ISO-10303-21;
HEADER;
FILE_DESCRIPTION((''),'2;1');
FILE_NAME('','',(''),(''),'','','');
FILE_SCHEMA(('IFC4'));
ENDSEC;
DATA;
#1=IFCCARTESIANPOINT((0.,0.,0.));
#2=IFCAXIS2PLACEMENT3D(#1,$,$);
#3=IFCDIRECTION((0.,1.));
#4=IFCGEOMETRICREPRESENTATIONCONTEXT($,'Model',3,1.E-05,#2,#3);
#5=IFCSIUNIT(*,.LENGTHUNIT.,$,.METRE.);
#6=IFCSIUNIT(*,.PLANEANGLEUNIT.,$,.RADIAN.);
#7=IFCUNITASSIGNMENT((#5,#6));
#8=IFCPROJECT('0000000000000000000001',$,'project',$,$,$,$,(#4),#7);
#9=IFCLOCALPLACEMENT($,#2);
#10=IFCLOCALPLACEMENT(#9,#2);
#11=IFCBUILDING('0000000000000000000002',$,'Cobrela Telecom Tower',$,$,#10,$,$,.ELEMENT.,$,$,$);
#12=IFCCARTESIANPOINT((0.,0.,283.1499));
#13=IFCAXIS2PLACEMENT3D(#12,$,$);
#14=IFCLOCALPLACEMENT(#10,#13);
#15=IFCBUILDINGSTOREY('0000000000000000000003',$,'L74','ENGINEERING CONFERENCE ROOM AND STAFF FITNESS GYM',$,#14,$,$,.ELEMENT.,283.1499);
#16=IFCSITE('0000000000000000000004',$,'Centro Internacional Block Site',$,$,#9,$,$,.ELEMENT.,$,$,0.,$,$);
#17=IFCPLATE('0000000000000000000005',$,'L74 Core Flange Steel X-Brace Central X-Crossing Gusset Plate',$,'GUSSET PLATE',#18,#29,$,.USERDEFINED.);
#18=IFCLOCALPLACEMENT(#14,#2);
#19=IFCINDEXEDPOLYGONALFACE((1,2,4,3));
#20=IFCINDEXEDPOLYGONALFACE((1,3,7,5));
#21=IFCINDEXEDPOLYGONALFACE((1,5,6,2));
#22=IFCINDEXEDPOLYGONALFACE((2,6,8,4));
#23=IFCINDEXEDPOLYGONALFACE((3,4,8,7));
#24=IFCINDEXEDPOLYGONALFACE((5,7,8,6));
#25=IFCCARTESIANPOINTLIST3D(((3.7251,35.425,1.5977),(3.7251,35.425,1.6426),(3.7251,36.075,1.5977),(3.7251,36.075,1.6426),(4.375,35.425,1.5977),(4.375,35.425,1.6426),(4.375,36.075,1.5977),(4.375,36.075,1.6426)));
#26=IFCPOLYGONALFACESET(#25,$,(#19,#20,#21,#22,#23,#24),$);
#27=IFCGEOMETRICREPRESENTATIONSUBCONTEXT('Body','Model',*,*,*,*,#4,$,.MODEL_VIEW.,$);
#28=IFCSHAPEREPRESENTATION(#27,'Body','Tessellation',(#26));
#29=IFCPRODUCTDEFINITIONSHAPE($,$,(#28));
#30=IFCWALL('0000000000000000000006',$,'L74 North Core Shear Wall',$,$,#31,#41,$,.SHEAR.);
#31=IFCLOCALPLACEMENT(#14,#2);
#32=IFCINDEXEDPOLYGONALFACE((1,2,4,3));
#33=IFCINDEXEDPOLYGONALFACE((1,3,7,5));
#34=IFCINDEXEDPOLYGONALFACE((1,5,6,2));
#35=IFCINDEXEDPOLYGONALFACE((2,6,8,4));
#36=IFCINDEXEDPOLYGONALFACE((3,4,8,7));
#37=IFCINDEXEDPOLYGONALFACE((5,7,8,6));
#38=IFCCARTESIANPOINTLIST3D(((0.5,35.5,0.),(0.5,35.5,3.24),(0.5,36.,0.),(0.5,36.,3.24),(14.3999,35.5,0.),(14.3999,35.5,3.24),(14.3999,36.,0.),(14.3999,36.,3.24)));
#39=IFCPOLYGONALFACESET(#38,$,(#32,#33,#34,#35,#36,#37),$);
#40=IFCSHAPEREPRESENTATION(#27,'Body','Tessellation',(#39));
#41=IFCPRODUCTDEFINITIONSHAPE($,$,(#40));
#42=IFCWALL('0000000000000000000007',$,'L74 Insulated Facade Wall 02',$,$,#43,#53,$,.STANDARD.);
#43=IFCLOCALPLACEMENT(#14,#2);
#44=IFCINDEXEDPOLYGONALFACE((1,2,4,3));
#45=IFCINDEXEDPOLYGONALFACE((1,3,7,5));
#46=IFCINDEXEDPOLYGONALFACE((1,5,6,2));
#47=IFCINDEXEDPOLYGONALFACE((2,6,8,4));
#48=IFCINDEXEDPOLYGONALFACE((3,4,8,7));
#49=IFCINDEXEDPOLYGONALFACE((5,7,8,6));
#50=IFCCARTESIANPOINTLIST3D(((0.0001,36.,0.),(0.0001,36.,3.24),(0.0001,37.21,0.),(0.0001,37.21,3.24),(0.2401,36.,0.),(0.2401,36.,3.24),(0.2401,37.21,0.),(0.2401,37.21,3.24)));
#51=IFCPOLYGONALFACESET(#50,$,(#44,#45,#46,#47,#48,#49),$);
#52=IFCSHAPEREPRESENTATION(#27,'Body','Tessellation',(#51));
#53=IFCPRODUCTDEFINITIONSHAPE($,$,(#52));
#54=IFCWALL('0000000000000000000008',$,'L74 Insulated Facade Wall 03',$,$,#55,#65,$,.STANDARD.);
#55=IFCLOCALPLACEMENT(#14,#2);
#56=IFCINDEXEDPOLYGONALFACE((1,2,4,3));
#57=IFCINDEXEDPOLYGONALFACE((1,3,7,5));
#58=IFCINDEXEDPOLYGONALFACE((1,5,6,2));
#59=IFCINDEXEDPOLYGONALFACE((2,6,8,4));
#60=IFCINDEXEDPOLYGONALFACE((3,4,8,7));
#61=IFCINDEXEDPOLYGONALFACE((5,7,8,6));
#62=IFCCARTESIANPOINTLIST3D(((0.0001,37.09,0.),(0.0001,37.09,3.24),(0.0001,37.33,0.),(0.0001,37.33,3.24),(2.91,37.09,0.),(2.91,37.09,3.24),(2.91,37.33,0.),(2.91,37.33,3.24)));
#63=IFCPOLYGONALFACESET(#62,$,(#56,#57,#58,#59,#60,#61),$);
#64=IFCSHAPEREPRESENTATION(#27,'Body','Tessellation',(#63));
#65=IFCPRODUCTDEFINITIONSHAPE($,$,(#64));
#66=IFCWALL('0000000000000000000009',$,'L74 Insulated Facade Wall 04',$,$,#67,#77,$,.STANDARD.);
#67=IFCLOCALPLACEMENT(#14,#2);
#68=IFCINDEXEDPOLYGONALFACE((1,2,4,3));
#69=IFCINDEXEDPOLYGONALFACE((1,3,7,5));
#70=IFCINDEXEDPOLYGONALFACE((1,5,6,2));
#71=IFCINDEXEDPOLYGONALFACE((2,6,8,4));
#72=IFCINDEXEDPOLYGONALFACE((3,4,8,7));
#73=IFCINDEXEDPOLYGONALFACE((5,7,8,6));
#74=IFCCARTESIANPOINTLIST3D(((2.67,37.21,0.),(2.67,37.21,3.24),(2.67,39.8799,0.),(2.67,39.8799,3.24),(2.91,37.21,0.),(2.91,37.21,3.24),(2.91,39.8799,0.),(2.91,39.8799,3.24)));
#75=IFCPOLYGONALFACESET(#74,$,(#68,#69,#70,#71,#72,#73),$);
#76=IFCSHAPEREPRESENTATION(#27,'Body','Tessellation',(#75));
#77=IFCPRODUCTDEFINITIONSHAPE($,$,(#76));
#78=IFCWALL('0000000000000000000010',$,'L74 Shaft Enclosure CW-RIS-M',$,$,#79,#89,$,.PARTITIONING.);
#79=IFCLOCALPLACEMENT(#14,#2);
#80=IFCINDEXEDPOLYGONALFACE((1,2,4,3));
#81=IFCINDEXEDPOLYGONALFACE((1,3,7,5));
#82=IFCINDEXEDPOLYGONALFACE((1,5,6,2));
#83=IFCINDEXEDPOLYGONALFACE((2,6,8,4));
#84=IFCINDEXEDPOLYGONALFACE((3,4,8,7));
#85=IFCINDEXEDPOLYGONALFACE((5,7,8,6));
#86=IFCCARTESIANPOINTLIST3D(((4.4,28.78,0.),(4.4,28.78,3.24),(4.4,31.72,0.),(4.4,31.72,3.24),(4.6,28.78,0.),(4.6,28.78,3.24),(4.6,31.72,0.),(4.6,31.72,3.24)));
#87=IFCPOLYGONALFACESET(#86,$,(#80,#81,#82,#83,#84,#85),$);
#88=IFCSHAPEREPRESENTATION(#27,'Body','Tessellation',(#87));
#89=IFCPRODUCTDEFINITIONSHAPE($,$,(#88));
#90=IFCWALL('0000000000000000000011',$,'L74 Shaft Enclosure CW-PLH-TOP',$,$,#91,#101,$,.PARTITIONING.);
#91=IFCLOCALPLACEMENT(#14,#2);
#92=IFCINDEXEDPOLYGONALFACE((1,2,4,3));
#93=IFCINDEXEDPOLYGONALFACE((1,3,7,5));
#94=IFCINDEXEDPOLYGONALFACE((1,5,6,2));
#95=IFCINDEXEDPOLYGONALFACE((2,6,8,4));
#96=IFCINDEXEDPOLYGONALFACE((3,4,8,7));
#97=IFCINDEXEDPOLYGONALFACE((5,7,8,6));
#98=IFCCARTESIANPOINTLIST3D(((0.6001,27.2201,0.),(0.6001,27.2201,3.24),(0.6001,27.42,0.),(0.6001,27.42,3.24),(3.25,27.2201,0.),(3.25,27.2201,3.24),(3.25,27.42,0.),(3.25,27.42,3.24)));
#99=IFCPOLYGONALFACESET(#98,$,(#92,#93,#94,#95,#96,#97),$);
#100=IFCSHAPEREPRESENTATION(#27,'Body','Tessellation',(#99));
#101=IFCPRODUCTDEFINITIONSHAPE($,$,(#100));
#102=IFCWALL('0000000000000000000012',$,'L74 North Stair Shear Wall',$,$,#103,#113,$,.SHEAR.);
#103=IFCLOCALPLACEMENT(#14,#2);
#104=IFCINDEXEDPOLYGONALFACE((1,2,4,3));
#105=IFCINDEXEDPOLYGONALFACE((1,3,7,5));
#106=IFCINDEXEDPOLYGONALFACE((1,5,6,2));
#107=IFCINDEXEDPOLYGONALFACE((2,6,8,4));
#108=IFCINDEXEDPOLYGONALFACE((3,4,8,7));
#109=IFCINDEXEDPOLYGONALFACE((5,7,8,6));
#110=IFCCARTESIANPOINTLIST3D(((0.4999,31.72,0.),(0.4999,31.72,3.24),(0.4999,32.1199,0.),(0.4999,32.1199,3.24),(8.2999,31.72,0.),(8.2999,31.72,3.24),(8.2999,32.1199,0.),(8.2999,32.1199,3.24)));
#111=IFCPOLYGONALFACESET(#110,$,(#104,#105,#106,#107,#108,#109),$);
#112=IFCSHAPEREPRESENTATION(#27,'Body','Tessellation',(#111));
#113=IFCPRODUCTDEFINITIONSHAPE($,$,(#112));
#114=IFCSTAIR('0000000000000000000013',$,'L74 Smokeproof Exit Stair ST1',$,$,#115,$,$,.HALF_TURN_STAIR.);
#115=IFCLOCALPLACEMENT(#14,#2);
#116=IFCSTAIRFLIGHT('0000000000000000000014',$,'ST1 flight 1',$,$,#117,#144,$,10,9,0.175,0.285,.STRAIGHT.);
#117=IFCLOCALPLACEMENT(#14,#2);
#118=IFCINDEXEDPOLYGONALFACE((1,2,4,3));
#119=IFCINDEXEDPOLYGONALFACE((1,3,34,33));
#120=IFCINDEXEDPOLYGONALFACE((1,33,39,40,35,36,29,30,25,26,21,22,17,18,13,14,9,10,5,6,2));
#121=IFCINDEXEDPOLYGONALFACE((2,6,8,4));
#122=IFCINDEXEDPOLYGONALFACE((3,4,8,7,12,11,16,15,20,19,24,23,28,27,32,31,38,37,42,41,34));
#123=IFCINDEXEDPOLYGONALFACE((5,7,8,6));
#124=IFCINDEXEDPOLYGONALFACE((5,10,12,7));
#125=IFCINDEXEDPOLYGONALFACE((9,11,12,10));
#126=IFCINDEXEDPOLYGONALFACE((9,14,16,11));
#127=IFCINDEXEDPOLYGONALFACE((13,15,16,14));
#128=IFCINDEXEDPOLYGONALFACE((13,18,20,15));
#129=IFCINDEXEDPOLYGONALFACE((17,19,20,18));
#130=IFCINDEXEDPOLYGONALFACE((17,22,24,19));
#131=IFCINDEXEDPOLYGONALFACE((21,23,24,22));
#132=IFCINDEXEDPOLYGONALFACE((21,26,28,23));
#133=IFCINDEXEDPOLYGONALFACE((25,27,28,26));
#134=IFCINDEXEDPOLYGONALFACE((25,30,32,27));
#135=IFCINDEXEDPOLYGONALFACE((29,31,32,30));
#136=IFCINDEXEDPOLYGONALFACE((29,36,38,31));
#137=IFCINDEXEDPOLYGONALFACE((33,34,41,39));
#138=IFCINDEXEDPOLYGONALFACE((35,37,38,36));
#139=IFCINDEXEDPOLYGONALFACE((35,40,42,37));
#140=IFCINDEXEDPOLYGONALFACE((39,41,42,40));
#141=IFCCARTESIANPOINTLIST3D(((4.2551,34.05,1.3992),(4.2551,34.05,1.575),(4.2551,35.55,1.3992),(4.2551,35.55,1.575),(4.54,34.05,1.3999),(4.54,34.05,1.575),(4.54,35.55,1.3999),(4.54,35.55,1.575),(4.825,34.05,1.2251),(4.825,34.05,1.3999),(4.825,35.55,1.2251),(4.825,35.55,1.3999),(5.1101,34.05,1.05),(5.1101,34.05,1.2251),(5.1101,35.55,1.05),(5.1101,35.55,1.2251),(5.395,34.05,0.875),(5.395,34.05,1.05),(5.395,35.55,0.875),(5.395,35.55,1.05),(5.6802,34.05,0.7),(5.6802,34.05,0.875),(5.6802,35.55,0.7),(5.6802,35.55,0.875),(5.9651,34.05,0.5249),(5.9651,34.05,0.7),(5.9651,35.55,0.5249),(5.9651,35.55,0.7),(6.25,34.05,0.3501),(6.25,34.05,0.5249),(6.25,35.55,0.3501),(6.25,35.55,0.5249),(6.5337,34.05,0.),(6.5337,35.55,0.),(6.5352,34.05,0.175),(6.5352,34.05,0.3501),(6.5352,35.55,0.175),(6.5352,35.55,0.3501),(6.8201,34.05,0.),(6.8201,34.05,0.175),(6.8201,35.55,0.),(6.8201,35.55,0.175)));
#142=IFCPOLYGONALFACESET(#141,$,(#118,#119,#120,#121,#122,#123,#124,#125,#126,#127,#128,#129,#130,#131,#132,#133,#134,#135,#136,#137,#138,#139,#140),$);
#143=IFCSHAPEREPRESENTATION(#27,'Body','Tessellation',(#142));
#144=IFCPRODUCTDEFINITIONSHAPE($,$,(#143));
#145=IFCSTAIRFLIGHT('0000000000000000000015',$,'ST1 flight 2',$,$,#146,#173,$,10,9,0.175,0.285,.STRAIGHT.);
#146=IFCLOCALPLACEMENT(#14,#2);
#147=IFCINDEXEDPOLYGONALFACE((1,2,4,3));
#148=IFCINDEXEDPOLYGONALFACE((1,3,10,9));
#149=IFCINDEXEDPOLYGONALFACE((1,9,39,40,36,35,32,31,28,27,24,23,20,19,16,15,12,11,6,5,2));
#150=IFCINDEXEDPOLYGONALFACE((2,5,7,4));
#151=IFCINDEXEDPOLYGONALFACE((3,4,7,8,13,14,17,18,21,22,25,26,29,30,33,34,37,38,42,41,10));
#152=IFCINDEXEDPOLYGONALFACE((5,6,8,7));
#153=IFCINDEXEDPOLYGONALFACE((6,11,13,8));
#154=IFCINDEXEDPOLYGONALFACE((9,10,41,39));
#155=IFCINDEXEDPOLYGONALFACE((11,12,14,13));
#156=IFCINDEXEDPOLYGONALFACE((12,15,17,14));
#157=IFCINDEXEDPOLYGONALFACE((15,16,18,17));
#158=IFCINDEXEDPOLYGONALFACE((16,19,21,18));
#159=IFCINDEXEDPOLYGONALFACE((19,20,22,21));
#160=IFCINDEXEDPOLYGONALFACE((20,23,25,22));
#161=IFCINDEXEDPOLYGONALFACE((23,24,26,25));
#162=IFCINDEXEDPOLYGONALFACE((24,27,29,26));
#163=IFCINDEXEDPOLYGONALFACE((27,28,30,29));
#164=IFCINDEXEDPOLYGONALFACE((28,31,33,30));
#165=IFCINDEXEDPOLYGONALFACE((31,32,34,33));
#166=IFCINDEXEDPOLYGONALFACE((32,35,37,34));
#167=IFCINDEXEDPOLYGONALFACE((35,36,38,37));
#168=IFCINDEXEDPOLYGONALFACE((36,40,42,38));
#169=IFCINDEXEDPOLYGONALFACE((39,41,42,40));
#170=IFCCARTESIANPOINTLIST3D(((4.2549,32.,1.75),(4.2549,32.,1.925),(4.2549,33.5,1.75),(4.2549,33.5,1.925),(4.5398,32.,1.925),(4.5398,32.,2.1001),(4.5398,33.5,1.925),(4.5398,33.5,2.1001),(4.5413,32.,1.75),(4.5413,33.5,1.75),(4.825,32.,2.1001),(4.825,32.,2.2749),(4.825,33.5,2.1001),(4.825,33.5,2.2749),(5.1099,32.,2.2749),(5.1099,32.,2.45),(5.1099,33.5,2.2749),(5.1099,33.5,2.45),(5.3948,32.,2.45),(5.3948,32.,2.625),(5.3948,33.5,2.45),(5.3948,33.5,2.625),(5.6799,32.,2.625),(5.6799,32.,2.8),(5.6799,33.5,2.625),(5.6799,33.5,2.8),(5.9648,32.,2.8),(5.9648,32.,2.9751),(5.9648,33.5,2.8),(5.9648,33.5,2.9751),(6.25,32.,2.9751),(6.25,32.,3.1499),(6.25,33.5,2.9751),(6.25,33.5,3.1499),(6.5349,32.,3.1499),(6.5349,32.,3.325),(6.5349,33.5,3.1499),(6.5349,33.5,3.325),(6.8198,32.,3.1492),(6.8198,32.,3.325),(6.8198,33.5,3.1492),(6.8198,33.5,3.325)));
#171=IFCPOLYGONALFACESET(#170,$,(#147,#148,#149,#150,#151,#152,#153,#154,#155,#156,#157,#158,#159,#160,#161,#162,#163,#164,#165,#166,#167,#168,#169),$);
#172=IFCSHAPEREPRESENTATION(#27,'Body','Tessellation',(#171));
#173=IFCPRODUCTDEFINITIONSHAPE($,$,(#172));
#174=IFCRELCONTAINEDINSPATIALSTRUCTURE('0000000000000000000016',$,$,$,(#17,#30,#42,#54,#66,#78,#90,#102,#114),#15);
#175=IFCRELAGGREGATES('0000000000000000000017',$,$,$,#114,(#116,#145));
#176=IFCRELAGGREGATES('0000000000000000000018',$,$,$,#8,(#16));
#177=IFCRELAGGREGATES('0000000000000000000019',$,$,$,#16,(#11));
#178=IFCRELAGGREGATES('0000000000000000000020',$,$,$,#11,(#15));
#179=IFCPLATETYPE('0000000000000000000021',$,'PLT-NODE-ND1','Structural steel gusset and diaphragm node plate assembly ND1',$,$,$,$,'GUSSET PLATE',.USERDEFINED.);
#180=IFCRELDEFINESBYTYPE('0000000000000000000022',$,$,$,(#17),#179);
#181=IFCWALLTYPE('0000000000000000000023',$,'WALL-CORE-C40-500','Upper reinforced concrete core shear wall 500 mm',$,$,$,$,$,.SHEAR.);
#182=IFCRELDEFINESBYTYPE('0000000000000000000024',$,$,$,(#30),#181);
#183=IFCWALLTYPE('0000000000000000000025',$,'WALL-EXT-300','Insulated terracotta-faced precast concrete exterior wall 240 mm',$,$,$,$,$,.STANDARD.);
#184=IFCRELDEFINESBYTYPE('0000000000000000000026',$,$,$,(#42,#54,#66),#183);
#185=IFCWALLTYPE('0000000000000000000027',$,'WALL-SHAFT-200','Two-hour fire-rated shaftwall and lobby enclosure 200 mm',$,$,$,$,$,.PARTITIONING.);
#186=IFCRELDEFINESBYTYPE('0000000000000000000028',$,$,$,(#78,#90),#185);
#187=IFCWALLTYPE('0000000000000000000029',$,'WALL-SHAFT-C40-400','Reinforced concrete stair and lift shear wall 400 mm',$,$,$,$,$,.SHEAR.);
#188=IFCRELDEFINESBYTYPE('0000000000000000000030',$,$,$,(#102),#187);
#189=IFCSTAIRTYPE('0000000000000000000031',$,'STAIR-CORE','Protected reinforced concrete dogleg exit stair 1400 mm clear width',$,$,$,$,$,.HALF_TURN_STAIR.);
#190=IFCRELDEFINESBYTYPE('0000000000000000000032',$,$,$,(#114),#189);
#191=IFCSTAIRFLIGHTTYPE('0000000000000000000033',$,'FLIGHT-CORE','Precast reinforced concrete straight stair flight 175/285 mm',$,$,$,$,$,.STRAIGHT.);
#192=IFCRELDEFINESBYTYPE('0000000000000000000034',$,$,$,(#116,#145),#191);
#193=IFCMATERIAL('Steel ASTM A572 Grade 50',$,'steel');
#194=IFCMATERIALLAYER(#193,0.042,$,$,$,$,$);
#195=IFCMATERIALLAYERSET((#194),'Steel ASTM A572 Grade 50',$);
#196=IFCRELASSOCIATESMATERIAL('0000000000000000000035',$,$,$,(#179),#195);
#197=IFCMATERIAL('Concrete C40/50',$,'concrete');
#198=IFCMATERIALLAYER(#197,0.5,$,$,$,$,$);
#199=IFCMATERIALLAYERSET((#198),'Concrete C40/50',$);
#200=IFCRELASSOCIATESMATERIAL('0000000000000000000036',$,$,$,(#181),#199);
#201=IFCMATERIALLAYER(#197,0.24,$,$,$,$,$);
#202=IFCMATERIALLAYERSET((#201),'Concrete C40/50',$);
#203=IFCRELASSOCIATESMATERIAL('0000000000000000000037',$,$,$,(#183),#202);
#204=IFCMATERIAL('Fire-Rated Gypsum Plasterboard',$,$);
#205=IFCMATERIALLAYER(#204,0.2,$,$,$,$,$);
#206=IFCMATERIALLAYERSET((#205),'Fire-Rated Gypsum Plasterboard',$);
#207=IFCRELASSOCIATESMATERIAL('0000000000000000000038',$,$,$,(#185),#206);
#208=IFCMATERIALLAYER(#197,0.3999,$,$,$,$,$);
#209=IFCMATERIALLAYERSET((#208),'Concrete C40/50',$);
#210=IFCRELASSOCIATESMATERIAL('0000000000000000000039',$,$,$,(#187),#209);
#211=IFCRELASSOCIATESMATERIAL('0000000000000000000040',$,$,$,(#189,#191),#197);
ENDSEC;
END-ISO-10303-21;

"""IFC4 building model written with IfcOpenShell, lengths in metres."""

from ifc_helpers import new_model, si_unit, direction, frame, frame_2d, origin, origin_2d, place, context, subcontext, project, spatial, polyline, rectangle, outline, extrude, material, layer, layer_set, type_object, element, aggregate, save


model = new_model("IFC4")

# Units and contexts
model_context = context("Model", 3, precision=1e-05, world=origin(), true_north=direction((0.0, 1.0)))
body_context = subcontext(model_context, "Body", "Model", "MODEL_VIEW")
ifc_project = project(units=[si_unit("LENGTHUNIT", "METRE"), si_unit("PLANEANGLEUNIT", "RADIAN")], contexts=[model_context])

# Site, building, storey
site_placement = place(None, origin())
site = spatial("IfcSite", under=ifc_project, at=site_placement, Name="Centro Internacional Block Site", CompositionType="ELEMENT", RefElevation=0.0)
building_placement = place(site_placement, origin())
building = spatial("IfcBuilding", under=site, at=building_placement, Name="Cobrela Telecom Tower", CompositionType="ELEMENT")
storey_placement = place(building_placement, frame((0.0, 0.0, 283.1499)))
storey = spatial("IfcBuildingStorey", under=building, at=storey_placement, Name="L74", Description="ENGINEERING CONFERENCE ROOM AND STAFF FITNESS GYM", CompositionType="ELEMENT", Elevation=283.1499)

# Shared definitions
ifc_material_1 = material(Name="Steel ASTM A572 Grade 50", Category="steel")

# Plate
ifc_layer_1 = layer(ifc_material_1, 0.042)
ifc_layer_set_1 = layer_set([ifc_layer_1], Name="Steel ASTM A572 Grade 50")
plate_type_1 = type_object("IfcPlateType", Name="PLT-NODE-ND1", Description="Structural steel gusset and diaphragm node plate assembly ND1", ElementType="GUSSET PLATE", PredefinedType="USERDEFINED", material=ifc_layer_set_1)
plate_1_placement = place(storey_placement, frame((4.05, 35.75, 1.5977), z_axis=(0.0, 0.0, 1.0), x_axis=(1.0, 0.0, 0.0)))
element("IfcPlate", 1, at=plate_1_placement, inside=storey, type_object=plate_type_1, Name="L74 Core Flange Steel X-Brace Central X-Crossing Gusset Plate", ObjectType="GUSSET PLATE", PredefinedType="USERDEFINED", context=body_context, shape_type="SweptSolid", body=[
    extrude(rectangle(XDim=0.6499, YDim=0.6499, at=origin_2d()), origin(), (0.0, 0.0, 1.0), 0.0449),
])

# Walls
ifc_material_2 = material(Name="Concrete C40/50", Category="concrete")
ifc_layer_2 = layer(ifc_material_2, 0.5)
ifc_layer_set_2 = layer_set([ifc_layer_2], Name="Concrete C40/50")
wall_type_1 = type_object("IfcWallType", Name="WALL-CORE-C40-500", Description="Upper reinforced concrete core shear wall 500 mm", PredefinedType="SHEAR", material=ifc_layer_set_2)
wall_1_placement = place(storey_placement, frame((0.5, 35.75, 0.0), z_axis=(0.0, 0.0, 1.0), x_axis=(1.0, 0.0, 0.0)))
element("IfcWall", 2, at=wall_1_placement, inside=storey, type_object=wall_type_1, Name="L74 North Core Shear Wall", PredefinedType="SHEAR", context=body_context, shape_type="SweptSolid", body=[
    extrude(rectangle(XDim=13.8999, YDim=0.5, at=frame_2d((6.95, 0.0))), origin(), (0.0, 0.0, 1.0), 3.24),
])
ifc_layer_3 = layer(ifc_material_2, 0.24)
ifc_layer_set_3 = layer_set([ifc_layer_3], Name="Concrete C40/50")
wall_type_2 = type_object("IfcWallType", Name="WALL-EXT-300", Description="Insulated terracotta-faced precast concrete exterior wall 240 mm", PredefinedType="STANDARD", material=ifc_layer_set_3)
wall_2_placement = place(storey_placement, frame((0.1201, 36.0, 0.0), z_axis=(0.0, 0.0, 1.0), x_axis=(0.0, 1.0, 0.0)))
element("IfcWall", 3, at=wall_2_placement, inside=storey, type_object=wall_type_2, Name="L74 Insulated Facade Wall 02", PredefinedType="STANDARD", context=body_context, shape_type="SweptSolid", body=[
    extrude(rectangle(XDim=1.21, YDim=0.24, at=frame_2d((0.605, 0.0))), origin(), (0.0, 0.0, 1.0), 3.24),
])
wall_3_placement = place(storey_placement, frame((0.0, 37.21, 0.0), z_axis=(0.0, 0.0, 1.0), x_axis=(1.0, 0.0, 0.0)))
element("IfcWall", 4, at=wall_3_placement, inside=storey, type_object=wall_type_2, Name="L74 Insulated Facade Wall 03", PredefinedType="STANDARD", context=body_context, shape_type="SweptSolid", body=[
    extrude(rectangle(XDim=2.9099, YDim=0.24, at=frame_2d((1.4551, 0.0))), origin(), (0.0, 0.0, 1.0), 3.24),
])
wall_4_placement = place(storey_placement, frame((2.79, 37.21, 0.0), z_axis=(0.0, 0.0, 1.0), x_axis=(0.0, 1.0, 0.0)))
element("IfcWall", 5, at=wall_4_placement, inside=storey, type_object=wall_type_2, Name="L74 Insulated Facade Wall 04", PredefinedType="STANDARD", context=body_context, shape_type="SweptSolid", body=[
    extrude(rectangle(XDim=2.6699, YDim=0.24, at=frame_2d((1.335, 0.0))), origin(), (0.0, 0.0, 1.0), 3.24),
])

# Shared definitions
ifc_material_3 = material(Name="Fire-Rated Gypsum Plasterboard")
ifc_layer_4 = layer(ifc_material_3, 0.2)
ifc_layer_set_4 = layer_set([ifc_layer_4], Name="Fire-Rated Gypsum Plasterboard")
wall_type_3 = type_object("IfcWallType", Name="WALL-SHAFT-200", Description="Two-hour fire-rated shaftwall and lobby enclosure 200 mm", PredefinedType="PARTITIONING", material=ifc_layer_set_4)

# Walls
wall_5_placement = place(storey_placement, frame((4.5, 28.78, 0.0), z_axis=(0.0, 0.0, 1.0), x_axis=(0.0, 1.0, 0.0)))
element("IfcWall", 6, at=wall_5_placement, inside=storey, type_object=wall_type_3, Name="L74 Shaft Enclosure CW-RIS-M", PredefinedType="PARTITIONING", context=body_context, shape_type="SweptSolid", body=[
    extrude(rectangle(XDim=2.9399, YDim=0.2, at=frame_2d((1.47, 0.0))), origin(), (0.0, 0.0, 1.0), 3.24),
])
wall_6_placement = place(storey_placement, frame((0.6001, 27.3201, 0.0), z_axis=(0.0, 0.0, 1.0), x_axis=(1.0, 0.0, 0.0)))
element("IfcWall", 7, at=wall_6_placement, inside=storey, type_object=wall_type_3, Name="L74 Shaft Enclosure CW-PLH-TOP", PredefinedType="PARTITIONING", context=body_context, shape_type="SweptSolid", body=[
    extrude(rectangle(XDim=2.6499, YDim=0.2, at=frame_2d((1.325, 0.0))), origin(), (0.0, 0.0, 1.0), 3.24),
])
ifc_layer_5 = layer(ifc_material_2, 0.3999)
ifc_layer_set_5 = layer_set([ifc_layer_5], Name="Concrete C40/50")
wall_type_4 = type_object("IfcWallType", Name="WALL-SHAFT-C40-400", Description="Reinforced concrete stair and lift shear wall 400 mm", PredefinedType="SHEAR", material=ifc_layer_set_5)
wall_7_placement = place(storey_placement, frame((0.5, 31.9199, 0.0), z_axis=(0.0, 0.0, 1.0), x_axis=(1.0, 0.0, 0.0)))
element("IfcWall", 8, at=wall_7_placement, inside=storey, type_object=wall_type_4, Name="L74 North Stair Shear Wall", PredefinedType="SHEAR", context=body_context, shape_type="SweptSolid", body=[
    extrude(rectangle(XDim=7.8, YDim=0.3999, at=frame_2d((3.8999, 0.0))), origin(), (0.0, 0.0, 1.0), 3.24),
])

# Stair, stair flights
stair_type = type_object("IfcStairType", Name="STAIR-CORE", Description="Protected reinforced concrete dogleg exit stair 1400 mm clear width", PredefinedType="HALF_TURN_STAIR", material=ifc_material_2)
stair_placement = place(storey_placement, origin())
stair = element("IfcStair", 9, at=stair_placement, inside=storey, type_object=stair_type, Name="L74 Smokeproof Exit Stair ST1", PredefinedType="HALF_TURN_STAIR")
stair_flight_type = type_object("IfcStairFlightType", Name="FLIGHT-CORE", Description="Precast reinforced concrete straight stair flight 175/285 mm", PredefinedType="STRAIGHT", material=ifc_material_2)
stair_flight_1_placement = place(storey_placement, frame((6.8201, 34.8, 0.0), z_axis=(0.0, 0.0, 1.0), x_axis=(-1.0, 0.0, 0.0)))
stair_flight_1 = element("IfcStairFlight", 10, at=stair_flight_1_placement, type_object=stair_flight_type, Name="ST1 flight 1", NumberOfRisers=10, NumberOfTreads=9, PredefinedType="STRAIGHT", RiserHeight=0.175, TreadLength=0.285, context=body_context, shape_type="SweptSolid", body=[
    extrude(outline(polyline([(0.0, 0.0), (0.0, 0.175), (0.2849, 0.175), (0.2849, 0.3501), (0.5701, 0.3501), (0.5701, 0.5249), (0.855, 0.5249), (0.855, 0.7), (1.1399, 0.7), (1.1399, 0.875), (1.425, 0.875), (1.425, 1.05), (1.71, 1.05), (1.71, 1.2251), (1.9951, 1.2251), (1.9951, 1.3999), (2.28, 1.3999), (2.28, 1.575), (2.5649, 1.575), (2.5649, 1.75), (2.5649, 1.3992), (0.2864, 0.0), (0.0, 0.0)])), frame((0.0, 0.75, 0.0), z_axis=(0.0, -1.0, 0.0), x_axis=(1.0, 0.0, 0.0)), (0.0, 0.0, 1.0), 1.5),
])
stair_flight_2_placement = place(storey_placement, frame((4.2549, 32.75, 1.75), z_axis=(0.0, 0.0, 1.0), x_axis=(1.0, 0.0, 0.0)))
stair_flight_2 = element("IfcStairFlight", 11, at=stair_flight_2_placement, type_object=stair_flight_type, Name="ST1 flight 2", NumberOfRisers=10, NumberOfTreads=9, PredefinedType="STRAIGHT", RiserHeight=0.175, TreadLength=0.285, context=body_context, shape_type="SweptSolid", body=[
    extrude(outline(polyline([(0.0, 0.0), (0.0, 0.175), (0.2849, 0.175), (0.2849, 0.3501), (0.5701, 0.3501), (0.5701, 0.5249), (0.855, 0.5249), (0.855, 0.7), (1.1399, 0.7), (1.1399, 0.875), (1.425, 0.875), (1.425, 1.05), (1.71, 1.05), (1.71, 1.2251), (1.9951, 1.2251), (1.9951, 1.3999), (2.28, 1.3999), (2.28, 1.575), (2.5649, 1.575), (2.5649, 1.75), (2.5649, 1.3992), (0.2864, 0.0), (0.0, 0.0)])), frame((0.0, 0.75, 0.0), z_axis=(0.0, -1.0, 0.0), x_axis=(1.0, 0.0, 0.0)), (0.0, 0.0, 1.0), 1.5),
])
aggregate(stair, [stair_flight_1, stair_flight_2])

save(model, "model.ifc")
